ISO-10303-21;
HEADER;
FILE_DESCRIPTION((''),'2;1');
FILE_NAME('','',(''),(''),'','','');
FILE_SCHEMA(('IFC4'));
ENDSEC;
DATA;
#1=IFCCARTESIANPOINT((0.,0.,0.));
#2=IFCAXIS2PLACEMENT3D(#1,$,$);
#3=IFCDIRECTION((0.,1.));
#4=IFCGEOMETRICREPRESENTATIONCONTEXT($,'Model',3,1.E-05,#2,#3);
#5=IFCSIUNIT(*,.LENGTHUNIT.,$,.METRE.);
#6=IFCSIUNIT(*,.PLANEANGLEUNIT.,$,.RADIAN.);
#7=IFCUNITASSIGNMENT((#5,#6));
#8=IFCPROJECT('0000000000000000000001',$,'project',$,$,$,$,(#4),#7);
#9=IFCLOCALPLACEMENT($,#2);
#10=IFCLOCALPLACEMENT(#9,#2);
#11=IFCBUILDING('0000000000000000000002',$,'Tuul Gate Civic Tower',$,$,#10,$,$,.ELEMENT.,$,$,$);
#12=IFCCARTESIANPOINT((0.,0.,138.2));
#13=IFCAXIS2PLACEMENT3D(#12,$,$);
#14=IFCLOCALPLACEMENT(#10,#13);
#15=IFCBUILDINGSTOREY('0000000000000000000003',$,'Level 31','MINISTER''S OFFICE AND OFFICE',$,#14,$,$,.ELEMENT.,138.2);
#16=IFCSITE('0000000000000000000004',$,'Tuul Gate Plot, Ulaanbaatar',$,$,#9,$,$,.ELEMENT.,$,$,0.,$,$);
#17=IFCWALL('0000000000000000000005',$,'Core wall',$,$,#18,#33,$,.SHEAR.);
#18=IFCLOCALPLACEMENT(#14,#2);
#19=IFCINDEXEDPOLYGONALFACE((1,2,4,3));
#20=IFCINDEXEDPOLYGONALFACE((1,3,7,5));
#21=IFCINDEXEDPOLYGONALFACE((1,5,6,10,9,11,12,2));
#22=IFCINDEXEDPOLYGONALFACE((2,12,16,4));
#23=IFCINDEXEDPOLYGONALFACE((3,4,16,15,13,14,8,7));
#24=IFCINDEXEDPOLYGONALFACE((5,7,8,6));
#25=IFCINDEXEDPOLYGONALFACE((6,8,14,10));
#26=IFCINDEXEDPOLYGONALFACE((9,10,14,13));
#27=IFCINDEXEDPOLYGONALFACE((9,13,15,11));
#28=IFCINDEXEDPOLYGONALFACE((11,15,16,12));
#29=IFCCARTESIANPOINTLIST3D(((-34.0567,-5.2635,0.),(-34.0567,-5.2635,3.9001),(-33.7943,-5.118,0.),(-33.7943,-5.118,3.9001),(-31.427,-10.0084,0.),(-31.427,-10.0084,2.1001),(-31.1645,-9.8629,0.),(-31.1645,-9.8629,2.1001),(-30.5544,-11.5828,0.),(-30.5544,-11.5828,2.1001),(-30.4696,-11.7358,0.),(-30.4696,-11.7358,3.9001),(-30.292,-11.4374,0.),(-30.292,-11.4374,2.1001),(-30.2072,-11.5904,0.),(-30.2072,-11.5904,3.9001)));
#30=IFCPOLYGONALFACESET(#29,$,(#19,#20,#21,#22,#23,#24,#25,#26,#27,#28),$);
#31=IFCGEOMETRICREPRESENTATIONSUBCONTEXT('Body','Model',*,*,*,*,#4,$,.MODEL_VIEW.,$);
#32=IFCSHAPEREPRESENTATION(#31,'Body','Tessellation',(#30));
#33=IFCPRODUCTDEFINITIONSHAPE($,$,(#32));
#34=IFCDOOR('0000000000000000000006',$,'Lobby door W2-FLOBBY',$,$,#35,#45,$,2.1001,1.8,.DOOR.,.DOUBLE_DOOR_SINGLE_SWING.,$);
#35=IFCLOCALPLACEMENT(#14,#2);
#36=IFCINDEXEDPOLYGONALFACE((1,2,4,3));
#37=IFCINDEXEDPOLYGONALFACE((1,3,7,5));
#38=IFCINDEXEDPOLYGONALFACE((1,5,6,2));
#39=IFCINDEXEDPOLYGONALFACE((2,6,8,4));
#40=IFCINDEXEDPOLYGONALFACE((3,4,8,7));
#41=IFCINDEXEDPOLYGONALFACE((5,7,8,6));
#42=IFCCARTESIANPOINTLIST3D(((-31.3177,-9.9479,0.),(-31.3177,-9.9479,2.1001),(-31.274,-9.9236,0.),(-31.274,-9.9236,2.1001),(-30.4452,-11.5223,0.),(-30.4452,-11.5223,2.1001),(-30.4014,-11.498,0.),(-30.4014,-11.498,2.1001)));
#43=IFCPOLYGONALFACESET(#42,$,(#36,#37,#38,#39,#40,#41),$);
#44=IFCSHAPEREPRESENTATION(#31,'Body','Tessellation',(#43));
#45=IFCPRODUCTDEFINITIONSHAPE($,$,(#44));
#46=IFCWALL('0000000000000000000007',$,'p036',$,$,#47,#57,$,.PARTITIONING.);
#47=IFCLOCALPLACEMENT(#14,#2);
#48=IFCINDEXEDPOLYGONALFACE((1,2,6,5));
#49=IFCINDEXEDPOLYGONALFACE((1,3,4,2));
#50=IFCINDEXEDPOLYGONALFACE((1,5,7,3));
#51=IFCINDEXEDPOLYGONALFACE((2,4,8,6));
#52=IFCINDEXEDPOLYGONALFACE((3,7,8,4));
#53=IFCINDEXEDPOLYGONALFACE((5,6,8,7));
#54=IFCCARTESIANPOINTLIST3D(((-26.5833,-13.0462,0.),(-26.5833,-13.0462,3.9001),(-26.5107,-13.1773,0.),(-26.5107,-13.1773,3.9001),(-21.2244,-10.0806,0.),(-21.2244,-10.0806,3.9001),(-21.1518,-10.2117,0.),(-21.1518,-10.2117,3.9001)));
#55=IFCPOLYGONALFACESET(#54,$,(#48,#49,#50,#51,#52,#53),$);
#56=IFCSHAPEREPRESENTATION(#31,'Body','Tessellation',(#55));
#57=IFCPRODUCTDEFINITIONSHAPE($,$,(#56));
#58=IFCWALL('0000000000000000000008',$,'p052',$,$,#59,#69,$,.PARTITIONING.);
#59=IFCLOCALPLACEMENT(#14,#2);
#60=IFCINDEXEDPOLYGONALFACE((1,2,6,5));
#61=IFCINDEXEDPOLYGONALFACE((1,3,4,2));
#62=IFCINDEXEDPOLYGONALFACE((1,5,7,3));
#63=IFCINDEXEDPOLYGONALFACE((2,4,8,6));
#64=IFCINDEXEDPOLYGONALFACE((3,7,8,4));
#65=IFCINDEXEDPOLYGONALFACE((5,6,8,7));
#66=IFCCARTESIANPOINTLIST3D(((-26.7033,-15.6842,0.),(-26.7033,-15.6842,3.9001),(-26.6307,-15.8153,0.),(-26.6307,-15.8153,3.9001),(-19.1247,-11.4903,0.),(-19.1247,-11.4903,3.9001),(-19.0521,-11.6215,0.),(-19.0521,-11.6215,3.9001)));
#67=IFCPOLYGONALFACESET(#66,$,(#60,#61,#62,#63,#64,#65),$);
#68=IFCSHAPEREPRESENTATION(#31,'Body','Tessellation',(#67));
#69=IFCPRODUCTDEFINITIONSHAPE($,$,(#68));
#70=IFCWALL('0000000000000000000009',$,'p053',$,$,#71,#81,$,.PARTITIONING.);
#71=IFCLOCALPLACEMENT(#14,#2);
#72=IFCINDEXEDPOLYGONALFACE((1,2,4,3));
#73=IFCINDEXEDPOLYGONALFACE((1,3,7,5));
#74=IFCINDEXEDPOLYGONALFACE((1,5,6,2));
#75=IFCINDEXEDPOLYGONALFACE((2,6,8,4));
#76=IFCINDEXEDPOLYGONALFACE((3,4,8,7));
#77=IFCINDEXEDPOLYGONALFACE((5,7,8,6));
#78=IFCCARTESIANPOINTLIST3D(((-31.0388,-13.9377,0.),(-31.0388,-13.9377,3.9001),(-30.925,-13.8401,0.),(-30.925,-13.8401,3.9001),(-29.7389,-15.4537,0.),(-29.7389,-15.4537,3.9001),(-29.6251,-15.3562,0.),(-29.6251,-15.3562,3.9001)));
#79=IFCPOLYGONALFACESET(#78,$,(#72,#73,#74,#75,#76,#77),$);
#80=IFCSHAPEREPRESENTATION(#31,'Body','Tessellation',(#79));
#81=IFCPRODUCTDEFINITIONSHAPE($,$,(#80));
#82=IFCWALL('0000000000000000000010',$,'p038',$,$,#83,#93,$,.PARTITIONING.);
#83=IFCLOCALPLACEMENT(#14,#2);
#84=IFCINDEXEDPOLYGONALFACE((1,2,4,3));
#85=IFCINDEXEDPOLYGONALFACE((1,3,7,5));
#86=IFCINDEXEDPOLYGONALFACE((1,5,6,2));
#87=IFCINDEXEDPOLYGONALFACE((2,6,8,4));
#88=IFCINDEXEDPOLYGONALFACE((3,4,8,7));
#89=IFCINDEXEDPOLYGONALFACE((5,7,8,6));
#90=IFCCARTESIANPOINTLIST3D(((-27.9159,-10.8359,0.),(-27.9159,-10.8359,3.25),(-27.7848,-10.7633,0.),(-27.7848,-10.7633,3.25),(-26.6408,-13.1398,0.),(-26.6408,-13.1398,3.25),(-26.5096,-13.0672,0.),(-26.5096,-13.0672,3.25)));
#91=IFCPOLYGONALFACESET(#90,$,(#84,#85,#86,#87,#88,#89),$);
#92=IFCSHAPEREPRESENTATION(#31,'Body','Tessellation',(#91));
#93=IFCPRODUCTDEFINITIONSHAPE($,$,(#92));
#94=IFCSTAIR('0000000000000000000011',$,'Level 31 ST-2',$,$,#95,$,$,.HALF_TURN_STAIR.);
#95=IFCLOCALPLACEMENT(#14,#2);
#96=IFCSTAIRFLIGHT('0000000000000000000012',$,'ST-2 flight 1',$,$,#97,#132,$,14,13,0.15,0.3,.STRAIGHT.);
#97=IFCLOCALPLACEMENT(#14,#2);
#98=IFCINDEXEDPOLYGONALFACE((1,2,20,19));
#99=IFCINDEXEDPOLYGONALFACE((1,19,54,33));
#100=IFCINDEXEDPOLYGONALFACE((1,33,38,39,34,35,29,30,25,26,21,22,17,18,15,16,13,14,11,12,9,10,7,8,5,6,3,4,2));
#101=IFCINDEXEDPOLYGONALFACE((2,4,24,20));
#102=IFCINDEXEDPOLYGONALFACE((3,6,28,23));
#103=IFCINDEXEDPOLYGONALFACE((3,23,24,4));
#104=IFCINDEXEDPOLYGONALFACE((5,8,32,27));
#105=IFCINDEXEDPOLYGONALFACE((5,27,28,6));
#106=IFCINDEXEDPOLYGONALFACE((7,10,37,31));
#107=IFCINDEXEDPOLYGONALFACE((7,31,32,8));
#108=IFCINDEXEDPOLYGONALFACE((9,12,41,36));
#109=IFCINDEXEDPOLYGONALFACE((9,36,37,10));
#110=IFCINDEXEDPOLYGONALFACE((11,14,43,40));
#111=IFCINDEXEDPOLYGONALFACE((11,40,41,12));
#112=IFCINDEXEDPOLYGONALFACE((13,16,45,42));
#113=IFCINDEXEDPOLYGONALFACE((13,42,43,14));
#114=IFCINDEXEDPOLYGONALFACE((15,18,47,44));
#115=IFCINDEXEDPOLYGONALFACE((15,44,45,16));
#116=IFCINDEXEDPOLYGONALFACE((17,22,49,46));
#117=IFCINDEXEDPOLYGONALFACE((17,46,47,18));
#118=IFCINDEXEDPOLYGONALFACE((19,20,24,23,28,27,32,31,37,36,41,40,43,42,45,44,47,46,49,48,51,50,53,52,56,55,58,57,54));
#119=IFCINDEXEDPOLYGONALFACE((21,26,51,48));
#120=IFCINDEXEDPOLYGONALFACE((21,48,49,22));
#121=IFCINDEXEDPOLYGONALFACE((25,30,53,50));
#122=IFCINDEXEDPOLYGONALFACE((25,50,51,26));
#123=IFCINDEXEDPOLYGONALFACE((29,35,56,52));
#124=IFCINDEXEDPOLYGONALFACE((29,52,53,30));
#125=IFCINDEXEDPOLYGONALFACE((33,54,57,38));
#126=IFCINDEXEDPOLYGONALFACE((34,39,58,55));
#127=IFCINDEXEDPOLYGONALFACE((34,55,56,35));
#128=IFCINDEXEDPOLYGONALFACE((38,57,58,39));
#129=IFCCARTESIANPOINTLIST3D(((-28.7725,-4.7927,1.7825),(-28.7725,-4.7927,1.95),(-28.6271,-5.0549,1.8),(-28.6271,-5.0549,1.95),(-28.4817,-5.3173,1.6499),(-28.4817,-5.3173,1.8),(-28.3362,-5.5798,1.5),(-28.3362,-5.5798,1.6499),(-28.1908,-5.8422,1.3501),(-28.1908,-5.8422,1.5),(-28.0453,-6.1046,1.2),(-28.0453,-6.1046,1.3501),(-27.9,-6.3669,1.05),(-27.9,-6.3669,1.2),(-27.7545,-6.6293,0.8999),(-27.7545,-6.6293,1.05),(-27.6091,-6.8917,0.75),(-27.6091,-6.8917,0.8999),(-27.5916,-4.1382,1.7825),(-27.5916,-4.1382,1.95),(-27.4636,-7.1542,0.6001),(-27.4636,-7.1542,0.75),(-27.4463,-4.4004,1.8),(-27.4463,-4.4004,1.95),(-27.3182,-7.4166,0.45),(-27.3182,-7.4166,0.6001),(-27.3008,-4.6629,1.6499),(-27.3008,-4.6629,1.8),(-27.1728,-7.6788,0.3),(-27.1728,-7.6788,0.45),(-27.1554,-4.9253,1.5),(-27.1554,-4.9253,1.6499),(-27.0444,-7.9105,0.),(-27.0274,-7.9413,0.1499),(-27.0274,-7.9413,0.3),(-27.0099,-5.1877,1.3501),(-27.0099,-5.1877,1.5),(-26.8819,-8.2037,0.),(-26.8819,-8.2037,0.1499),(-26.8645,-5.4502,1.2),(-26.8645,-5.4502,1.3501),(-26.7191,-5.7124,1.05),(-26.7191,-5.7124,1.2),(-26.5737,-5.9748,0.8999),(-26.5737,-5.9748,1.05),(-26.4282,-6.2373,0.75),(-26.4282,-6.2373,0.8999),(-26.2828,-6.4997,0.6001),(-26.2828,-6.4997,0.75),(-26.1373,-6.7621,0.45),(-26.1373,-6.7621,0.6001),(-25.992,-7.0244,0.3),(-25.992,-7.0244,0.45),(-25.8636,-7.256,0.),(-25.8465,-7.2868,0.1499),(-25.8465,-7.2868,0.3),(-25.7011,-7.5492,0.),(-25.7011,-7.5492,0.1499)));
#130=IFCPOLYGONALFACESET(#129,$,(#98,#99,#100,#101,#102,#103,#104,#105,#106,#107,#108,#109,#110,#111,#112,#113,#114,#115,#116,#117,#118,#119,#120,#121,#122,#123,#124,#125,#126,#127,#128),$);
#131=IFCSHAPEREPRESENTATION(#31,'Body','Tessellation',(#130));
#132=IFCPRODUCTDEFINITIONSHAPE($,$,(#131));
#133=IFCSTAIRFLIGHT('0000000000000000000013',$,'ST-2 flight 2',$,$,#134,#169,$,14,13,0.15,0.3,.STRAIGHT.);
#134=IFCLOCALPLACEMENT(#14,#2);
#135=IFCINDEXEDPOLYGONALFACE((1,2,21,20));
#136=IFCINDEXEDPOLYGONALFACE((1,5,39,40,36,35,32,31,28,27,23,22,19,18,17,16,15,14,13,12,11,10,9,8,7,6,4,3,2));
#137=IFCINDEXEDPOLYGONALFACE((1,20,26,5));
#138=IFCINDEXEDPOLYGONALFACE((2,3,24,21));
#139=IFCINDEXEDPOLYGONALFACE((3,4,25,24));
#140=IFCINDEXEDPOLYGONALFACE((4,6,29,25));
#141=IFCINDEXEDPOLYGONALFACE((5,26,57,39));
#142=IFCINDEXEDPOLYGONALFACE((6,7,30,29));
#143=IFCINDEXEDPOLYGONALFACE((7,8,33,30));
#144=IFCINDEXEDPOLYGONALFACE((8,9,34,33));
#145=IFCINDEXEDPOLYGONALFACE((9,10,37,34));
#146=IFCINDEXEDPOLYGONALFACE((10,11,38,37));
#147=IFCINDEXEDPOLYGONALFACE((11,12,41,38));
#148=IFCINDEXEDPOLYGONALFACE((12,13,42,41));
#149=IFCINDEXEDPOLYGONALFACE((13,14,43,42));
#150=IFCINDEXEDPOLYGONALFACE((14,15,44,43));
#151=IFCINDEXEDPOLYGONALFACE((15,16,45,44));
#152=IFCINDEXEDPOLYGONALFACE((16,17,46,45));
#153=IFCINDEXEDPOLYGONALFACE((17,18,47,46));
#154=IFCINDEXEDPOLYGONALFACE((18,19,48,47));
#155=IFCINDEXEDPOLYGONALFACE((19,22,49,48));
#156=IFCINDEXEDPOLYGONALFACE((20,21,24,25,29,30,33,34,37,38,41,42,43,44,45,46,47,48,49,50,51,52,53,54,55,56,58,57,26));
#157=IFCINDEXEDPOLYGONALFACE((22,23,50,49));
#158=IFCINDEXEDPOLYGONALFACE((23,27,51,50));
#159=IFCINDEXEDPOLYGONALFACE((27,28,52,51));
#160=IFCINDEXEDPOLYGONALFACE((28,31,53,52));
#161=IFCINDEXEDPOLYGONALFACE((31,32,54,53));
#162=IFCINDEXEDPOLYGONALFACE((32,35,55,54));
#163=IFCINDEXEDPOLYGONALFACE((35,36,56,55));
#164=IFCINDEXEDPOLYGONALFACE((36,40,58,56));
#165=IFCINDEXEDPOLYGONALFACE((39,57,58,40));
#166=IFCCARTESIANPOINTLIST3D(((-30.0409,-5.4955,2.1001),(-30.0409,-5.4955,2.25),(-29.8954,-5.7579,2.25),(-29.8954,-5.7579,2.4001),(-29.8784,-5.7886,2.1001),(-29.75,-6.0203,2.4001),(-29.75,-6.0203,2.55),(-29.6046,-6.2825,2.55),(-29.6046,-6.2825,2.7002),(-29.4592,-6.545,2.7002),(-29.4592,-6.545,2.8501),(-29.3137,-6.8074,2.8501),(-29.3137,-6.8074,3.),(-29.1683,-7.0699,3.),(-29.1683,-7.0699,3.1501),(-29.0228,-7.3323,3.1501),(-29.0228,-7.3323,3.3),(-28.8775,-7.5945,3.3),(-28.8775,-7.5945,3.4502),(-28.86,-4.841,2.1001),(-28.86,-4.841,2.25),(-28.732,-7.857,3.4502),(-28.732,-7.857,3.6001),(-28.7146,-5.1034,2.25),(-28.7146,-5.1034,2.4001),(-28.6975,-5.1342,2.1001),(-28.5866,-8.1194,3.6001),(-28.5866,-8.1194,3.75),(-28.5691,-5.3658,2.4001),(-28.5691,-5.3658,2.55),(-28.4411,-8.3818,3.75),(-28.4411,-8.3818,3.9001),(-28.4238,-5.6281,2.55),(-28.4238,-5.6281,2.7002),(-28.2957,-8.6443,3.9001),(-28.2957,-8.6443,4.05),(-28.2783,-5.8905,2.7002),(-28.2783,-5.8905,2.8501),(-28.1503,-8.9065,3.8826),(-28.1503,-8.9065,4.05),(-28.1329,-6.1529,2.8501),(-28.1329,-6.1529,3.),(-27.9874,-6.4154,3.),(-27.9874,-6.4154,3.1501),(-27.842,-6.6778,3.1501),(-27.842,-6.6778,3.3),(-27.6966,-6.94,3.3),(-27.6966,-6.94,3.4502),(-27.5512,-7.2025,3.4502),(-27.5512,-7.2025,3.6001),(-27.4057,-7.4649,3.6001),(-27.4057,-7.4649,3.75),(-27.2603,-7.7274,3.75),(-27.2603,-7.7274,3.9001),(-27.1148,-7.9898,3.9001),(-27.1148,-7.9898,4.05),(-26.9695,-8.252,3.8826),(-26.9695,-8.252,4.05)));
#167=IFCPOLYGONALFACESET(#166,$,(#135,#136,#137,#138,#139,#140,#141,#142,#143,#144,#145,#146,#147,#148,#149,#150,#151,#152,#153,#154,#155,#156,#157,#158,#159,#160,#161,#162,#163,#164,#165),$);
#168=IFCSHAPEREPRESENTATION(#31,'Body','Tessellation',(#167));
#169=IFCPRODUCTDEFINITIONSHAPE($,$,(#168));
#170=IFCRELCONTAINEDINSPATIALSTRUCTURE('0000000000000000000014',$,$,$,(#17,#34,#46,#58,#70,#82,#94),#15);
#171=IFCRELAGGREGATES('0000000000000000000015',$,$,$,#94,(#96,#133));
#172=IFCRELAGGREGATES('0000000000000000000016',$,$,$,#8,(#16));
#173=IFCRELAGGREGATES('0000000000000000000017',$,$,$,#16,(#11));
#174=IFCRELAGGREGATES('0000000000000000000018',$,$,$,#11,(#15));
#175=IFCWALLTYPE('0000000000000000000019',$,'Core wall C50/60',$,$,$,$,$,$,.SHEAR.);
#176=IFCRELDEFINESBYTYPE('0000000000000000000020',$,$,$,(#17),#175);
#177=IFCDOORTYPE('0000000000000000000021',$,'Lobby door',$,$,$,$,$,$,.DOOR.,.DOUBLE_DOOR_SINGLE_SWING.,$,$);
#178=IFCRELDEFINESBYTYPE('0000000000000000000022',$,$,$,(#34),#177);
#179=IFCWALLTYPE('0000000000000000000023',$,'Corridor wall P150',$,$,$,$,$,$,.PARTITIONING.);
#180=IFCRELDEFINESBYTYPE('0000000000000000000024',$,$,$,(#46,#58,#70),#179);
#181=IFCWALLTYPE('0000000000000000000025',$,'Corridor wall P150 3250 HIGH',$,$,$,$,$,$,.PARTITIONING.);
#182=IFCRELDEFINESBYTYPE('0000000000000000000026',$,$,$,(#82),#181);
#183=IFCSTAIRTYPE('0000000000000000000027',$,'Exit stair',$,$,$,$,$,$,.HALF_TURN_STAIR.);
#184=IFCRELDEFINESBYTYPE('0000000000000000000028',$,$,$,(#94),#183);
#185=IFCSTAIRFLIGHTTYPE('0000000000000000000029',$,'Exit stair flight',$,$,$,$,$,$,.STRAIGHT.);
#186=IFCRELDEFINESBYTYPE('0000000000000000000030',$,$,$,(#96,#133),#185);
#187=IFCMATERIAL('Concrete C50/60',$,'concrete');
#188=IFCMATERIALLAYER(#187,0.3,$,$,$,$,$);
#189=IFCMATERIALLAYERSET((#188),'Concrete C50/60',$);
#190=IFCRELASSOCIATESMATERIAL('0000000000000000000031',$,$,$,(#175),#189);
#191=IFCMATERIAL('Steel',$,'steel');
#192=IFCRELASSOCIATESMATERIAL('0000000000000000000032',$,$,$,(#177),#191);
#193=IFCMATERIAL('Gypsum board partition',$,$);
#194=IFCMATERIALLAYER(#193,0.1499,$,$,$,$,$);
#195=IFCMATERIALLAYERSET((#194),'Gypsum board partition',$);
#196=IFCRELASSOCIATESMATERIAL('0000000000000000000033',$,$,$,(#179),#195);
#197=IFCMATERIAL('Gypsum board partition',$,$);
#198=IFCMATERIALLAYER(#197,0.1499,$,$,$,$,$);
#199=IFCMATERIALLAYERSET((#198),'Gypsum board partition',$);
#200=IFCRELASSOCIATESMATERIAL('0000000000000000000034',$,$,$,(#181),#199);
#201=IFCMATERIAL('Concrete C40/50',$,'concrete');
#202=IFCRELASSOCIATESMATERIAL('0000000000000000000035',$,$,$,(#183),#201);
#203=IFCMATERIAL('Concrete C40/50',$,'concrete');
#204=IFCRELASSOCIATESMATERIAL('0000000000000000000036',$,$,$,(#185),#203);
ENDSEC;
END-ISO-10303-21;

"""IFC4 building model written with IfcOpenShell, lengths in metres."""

from ifc_helpers import new_model, si_unit, direction, frame, frame_2d, origin, place, context, subcontext, project, spatial, polyline, rectangle, outline, extrude, material, layer, layer_set, type_object, element, fill, aggregate, save


model = new_model("IFC4")

# Units and contexts
model_context = context("Model", 3, precision=1e-05, world=origin(), true_north=direction((0.0, 1.0)))
body_context = subcontext(model_context, "Body", "Model", "MODEL_VIEW")
ifc_project = project(units=[si_unit("LENGTHUNIT", "METRE"), si_unit("PLANEANGLEUNIT", "RADIAN")], contexts=[model_context])

# Site, building, storey
site_placement = place(None, origin())
site = spatial("IfcSite", under=ifc_project, at=site_placement, Name="Tuul Gate Plot, Ulaanbaatar", CompositionType="ELEMENT", RefElevation=0.0)
building_placement = place(site_placement, origin())
building = spatial("IfcBuilding", under=site, at=building_placement, Name="Tuul Gate Civic Tower", CompositionType="ELEMENT")
storey_placement = place(building_placement, frame((0.0, 0.0, 138.2)))
storey = spatial("IfcBuildingStorey", under=building, at=storey_placement, Name="Level 31", Description="MINISTER'S OFFICE AND OFFICE", CompositionType="ELEMENT", Elevation=138.2)

# Shared definitions
ifc_material_1 = material(Name="Concrete C50/60", Category="concrete")
ifc_layer_1 = layer(ifc_material_1, 0.3)
ifc_layer_set_1 = layer_set([ifc_layer_1], Name="Concrete C50/60")
wall_type_1 = type_object("IfcWallType", Name="Core wall C50/60", PredefinedType="SHEAR", material=ifc_layer_set_1)
ifc_material_2 = material(Name="Steel", Category="steel")
door_type_1 = type_object("IfcDoorType", Name="Lobby door", OperationType="DOUBLE_DOOR_SINGLE_SWING", PredefinedType="DOOR", material=ifc_material_2)

# Wall, opening, door
wall_1_placement = place(storey_placement, frame((-30.3384, -11.6631, 0.0), z_axis=(0.0, 0.0, 1.0), x_axis=(-0.484752, 0.874652, 0.0)))
wall_1 = element("IfcWall", 1, at=wall_1_placement, inside=storey, type_object=wall_type_1, Name="Core wall", PredefinedType="SHEAR", context=body_context, shape_type="SweptSolid", body=[
    extrude(rectangle(XDim=7.3999, YDim=0.3, at=frame_2d((3.7, 0.0))), origin(), (0.0, 0.0, 1.0), 3.9001),
])
opening_1_placement = place(wall_1_placement, frame((0.175, 0.0, 0.0)))
opening_1 = element("IfcOpeningElement", 2, at=opening_1_placement, cuts=wall_1, PredefinedType="OPENING", context=body_context, shape_type="SweptSolid", body=[
    extrude(rectangle(XDim=1.8, YDim=2.1001, at=frame_2d((0.8999, 1.05))), frame((0.0, 0.1602, 0.0), z_axis=(0.0, -1.0, 0.0), x_axis=(1.0, 0.0, 0.0)), (0.0, 0.0, 1.0), 0.3201),
])
door_1_placement = place(opening_1_placement, frame((1.8, 0.0, 0.0), z_axis=(0.0, 0.0, 1.0), x_axis=(-1.0, 0.0, 0.0)))
door_1 = element("IfcDoor", 3, at=door_1_placement, inside=storey, type_object=door_type_1, Name="Lobby door W2-FLOBBY", OperationType="DOUBLE_DOOR_SINGLE_SWING", OverallHeight=2.1001, OverallWidth=1.8, PredefinedType="DOOR", context=body_context, shape_type="SweptSolid", body=[
    extrude(rectangle(XDim=1.8, YDim=2.1001, at=frame_2d((0.9001, 1.05))), frame((0.0, 0.0249, 0.0), z_axis=(0.0, -1.0, 0.0), x_axis=(1.0, 0.0, 0.0)), (0.0, 0.0, 1.0), 0.05),
])
fill(opening_1, door_1)

# Walls
ifc_material_3 = material(Name="Gypsum board partition")
ifc_layer_2 = layer(ifc_material_3, 0.1499)
ifc_layer_set_2 = layer_set([ifc_layer_2], Name="Gypsum board partition")
wall_type_2 = type_object("IfcWallType", Name="Corridor wall P150", PredefinedType="PARTITIONING", material=ifc_layer_set_2)
wall_2_placement = place(storey_placement, frame((-26.5471, -13.1118, 0.0), z_axis=(0.0, 0.0, 1.0), x_axis=(0.874959, 0.484197, 0.0)))
element("IfcWall", 4, at=wall_2_placement, inside=storey, type_object=wall_type_2, Name="p036", PredefinedType="PARTITIONING", context=body_context, shape_type="SweptSolid", body=[
    extrude(rectangle(XDim=6.1248, YDim=0.1499, at=frame_2d((3.0625, 0.0))), origin(), (0.0, 0.0, 1.0), 3.9001),
])
wall_3_placement = place(storey_placement, frame((-26.667, -15.7498, 0.0), z_axis=(0.0, 0.0, 1.0), x_axis=(0.874964, 0.484187, 0.0)))
element("IfcWall", 5, at=wall_3_placement, inside=storey, type_object=wall_type_2, Name="p052", PredefinedType="PARTITIONING", context=body_context, shape_type="SweptSolid", body=[
    extrude(rectangle(XDim=8.6616, YDim=0.1499, at=frame_2d((4.3308, 0.0))), origin(), (0.0, 0.0, 1.0), 3.9001),
])
wall_4_placement = place(storey_placement, frame((-30.9819, -13.8889, 0.0), z_axis=(0.0, 0.0, 1.0), x_axis=(0.650942, -0.759127, 0.0)))
element("IfcWall", 6, at=wall_4_placement, inside=storey, type_object=wall_type_2, Name="p053", PredefinedType="PARTITIONING", context=body_context, shape_type="SweptSolid", body=[
    extrude(rectangle(XDim=1.9971, YDim=0.1499, at=frame_2d((0.9985, 0.0))), origin(), (0.0, 0.0, 1.0), 3.9001),
])
ifc_material_4 = material(Name="Gypsum board partition")
ifc_layer_3 = layer(ifc_material_4, 0.1499)
ifc_layer_set_3 = layer_set([ifc_layer_3], Name="Gypsum board partition")
wall_type_3 = type_object("IfcWallType", Name="Corridor wall P150 3250 HIGH", PredefinedType="PARTITIONING", material=ifc_layer_set_3)
wall_5_placement = place(storey_placement, frame((-27.8503, -10.7996, 0.0), z_axis=(0.0, 0.0, 1.0), x_axis=(0.484241, -0.874935, 0.0)))
element("IfcWall", 7, at=wall_5_placement, inside=storey, type_object=wall_type_3, Name="p038", PredefinedType="PARTITIONING", context=body_context, shape_type="SweptSolid", body=[
    extrude(rectangle(XDim=2.6333, YDim=0.1499, at=frame_2d((1.3167, 0.0))), origin(), (0.0, 0.0, 1.0), 3.25),
])

# Stair, stair flights
ifc_material_5 = material(Name="Concrete C40/50", Category="concrete")
stair_type = type_object("IfcStairType", Name="Exit stair", PredefinedType="HALF_TURN_STAIR", material=ifc_material_5)
stair_placement = place(storey_placement, origin())
stair = element("IfcStair", 8, at=stair_placement, inside=storey, type_object=stair_type, Name="Level 31 ST-2", PredefinedType="HALF_TURN_STAIR")
ifc_material_6 = material(Name="Concrete C40/50", Category="concrete")
stair_flight_type = type_object("IfcStairFlightType", Name="Exit stair flight", PredefinedType="STRAIGHT", material=ifc_material_6)
stair_flight_1_placement = place(storey_placement, frame((-26.2915, -7.8765, 0.0), z_axis=(0.0, 0.0, 1.0), x_axis=(-0.484762, 0.874646, 0.0)))
stair_flight_1 = element("IfcStairFlight", 9, at=stair_flight_1_placement, type_object=stair_flight_type, Name="ST-2 flight 1", NumberOfRisers=14, NumberOfTreads=13, PredefinedType="STRAIGHT", RiserHeight=0.15, TreadLength=0.3, context=body_context, shape_type="SweptSolid", body=[
    extrude(outline(polyline([(0.0, 0.0), (0.0, 0.1499), (0.3, 0.1499), (0.3, 0.3), (0.6001, 0.3), (0.6001, 0.45), (0.8999, 0.45), (0.8999, 0.6001), (1.2, 0.6001), (1.2, 0.75), (1.5, 0.75), (1.5, 0.8999), (1.8, 0.8999), (1.8, 1.05), (2.1001, 1.05), (2.1001, 1.2), (2.3999, 1.2), (2.3999, 1.3501), (2.7, 1.3501), (2.7, 1.5), (3.0, 1.5), (3.0, 1.6499), (3.3, 1.6499), (3.3, 1.8), (3.6001, 1.8), (3.6001, 1.95), (3.8999, 1.95), (3.8999, 2.1001), (3.8999, 1.7825), (0.3352, 0.0), (0.0, 0.0)])), frame((0.0, 0.675, 0.0), z_axis=(0.0, -1.0, 0.0), x_axis=(1.0, 0.0, 0.0)), (0.0, 0.0, 1.0), 1.3501),
])
stair_flight_2_placement = place(storey_placement, frame((-29.4504, -5.1682, 2.1001), z_axis=(0.0, 0.0, 1.0), x_axis=(0.484762, -0.874646, 0.0)))
stair_flight_2 = element("IfcStairFlight", 10, at=stair_flight_2_placement, type_object=stair_flight_type, Name="ST-2 flight 2", NumberOfRisers=14, NumberOfTreads=13, PredefinedType="STRAIGHT", RiserHeight=0.15, TreadLength=0.3, context=body_context, shape_type="SweptSolid", body=[
    extrude(outline(polyline([(0.0, 0.0), (0.0, 0.1499), (0.3, 0.1499), (0.3, 0.3), (0.6001, 0.3), (0.6001, 0.45), (0.8999, 0.45), (0.8999, 0.6001), (1.2, 0.6001), (1.2, 0.75), (1.5, 0.75), (1.5, 0.8999), (1.8, 0.8999), (1.8, 1.05), (2.1001, 1.05), (2.1001, 1.2), (2.3999, 1.2), (2.3999, 1.3501), (2.7, 1.3501), (2.7, 1.5), (3.0, 1.5), (3.0, 1.6499), (3.3, 1.6499), (3.3, 1.8), (3.6001, 1.8), (3.6001, 1.95), (3.8999, 1.95), (3.8999, 2.1001), (3.8999, 1.7825), (0.3352, 0.0), (0.0, 0.0)])), frame((0.0, 0.675, 0.0), z_axis=(0.0, -1.0, 0.0), x_axis=(1.0, 0.0, 0.0)), (0.0, 0.0, 1.0), 1.3501),
])
aggregate(stair, [stair_flight_1, stair_flight_2])

save(model, "model.ifc")
